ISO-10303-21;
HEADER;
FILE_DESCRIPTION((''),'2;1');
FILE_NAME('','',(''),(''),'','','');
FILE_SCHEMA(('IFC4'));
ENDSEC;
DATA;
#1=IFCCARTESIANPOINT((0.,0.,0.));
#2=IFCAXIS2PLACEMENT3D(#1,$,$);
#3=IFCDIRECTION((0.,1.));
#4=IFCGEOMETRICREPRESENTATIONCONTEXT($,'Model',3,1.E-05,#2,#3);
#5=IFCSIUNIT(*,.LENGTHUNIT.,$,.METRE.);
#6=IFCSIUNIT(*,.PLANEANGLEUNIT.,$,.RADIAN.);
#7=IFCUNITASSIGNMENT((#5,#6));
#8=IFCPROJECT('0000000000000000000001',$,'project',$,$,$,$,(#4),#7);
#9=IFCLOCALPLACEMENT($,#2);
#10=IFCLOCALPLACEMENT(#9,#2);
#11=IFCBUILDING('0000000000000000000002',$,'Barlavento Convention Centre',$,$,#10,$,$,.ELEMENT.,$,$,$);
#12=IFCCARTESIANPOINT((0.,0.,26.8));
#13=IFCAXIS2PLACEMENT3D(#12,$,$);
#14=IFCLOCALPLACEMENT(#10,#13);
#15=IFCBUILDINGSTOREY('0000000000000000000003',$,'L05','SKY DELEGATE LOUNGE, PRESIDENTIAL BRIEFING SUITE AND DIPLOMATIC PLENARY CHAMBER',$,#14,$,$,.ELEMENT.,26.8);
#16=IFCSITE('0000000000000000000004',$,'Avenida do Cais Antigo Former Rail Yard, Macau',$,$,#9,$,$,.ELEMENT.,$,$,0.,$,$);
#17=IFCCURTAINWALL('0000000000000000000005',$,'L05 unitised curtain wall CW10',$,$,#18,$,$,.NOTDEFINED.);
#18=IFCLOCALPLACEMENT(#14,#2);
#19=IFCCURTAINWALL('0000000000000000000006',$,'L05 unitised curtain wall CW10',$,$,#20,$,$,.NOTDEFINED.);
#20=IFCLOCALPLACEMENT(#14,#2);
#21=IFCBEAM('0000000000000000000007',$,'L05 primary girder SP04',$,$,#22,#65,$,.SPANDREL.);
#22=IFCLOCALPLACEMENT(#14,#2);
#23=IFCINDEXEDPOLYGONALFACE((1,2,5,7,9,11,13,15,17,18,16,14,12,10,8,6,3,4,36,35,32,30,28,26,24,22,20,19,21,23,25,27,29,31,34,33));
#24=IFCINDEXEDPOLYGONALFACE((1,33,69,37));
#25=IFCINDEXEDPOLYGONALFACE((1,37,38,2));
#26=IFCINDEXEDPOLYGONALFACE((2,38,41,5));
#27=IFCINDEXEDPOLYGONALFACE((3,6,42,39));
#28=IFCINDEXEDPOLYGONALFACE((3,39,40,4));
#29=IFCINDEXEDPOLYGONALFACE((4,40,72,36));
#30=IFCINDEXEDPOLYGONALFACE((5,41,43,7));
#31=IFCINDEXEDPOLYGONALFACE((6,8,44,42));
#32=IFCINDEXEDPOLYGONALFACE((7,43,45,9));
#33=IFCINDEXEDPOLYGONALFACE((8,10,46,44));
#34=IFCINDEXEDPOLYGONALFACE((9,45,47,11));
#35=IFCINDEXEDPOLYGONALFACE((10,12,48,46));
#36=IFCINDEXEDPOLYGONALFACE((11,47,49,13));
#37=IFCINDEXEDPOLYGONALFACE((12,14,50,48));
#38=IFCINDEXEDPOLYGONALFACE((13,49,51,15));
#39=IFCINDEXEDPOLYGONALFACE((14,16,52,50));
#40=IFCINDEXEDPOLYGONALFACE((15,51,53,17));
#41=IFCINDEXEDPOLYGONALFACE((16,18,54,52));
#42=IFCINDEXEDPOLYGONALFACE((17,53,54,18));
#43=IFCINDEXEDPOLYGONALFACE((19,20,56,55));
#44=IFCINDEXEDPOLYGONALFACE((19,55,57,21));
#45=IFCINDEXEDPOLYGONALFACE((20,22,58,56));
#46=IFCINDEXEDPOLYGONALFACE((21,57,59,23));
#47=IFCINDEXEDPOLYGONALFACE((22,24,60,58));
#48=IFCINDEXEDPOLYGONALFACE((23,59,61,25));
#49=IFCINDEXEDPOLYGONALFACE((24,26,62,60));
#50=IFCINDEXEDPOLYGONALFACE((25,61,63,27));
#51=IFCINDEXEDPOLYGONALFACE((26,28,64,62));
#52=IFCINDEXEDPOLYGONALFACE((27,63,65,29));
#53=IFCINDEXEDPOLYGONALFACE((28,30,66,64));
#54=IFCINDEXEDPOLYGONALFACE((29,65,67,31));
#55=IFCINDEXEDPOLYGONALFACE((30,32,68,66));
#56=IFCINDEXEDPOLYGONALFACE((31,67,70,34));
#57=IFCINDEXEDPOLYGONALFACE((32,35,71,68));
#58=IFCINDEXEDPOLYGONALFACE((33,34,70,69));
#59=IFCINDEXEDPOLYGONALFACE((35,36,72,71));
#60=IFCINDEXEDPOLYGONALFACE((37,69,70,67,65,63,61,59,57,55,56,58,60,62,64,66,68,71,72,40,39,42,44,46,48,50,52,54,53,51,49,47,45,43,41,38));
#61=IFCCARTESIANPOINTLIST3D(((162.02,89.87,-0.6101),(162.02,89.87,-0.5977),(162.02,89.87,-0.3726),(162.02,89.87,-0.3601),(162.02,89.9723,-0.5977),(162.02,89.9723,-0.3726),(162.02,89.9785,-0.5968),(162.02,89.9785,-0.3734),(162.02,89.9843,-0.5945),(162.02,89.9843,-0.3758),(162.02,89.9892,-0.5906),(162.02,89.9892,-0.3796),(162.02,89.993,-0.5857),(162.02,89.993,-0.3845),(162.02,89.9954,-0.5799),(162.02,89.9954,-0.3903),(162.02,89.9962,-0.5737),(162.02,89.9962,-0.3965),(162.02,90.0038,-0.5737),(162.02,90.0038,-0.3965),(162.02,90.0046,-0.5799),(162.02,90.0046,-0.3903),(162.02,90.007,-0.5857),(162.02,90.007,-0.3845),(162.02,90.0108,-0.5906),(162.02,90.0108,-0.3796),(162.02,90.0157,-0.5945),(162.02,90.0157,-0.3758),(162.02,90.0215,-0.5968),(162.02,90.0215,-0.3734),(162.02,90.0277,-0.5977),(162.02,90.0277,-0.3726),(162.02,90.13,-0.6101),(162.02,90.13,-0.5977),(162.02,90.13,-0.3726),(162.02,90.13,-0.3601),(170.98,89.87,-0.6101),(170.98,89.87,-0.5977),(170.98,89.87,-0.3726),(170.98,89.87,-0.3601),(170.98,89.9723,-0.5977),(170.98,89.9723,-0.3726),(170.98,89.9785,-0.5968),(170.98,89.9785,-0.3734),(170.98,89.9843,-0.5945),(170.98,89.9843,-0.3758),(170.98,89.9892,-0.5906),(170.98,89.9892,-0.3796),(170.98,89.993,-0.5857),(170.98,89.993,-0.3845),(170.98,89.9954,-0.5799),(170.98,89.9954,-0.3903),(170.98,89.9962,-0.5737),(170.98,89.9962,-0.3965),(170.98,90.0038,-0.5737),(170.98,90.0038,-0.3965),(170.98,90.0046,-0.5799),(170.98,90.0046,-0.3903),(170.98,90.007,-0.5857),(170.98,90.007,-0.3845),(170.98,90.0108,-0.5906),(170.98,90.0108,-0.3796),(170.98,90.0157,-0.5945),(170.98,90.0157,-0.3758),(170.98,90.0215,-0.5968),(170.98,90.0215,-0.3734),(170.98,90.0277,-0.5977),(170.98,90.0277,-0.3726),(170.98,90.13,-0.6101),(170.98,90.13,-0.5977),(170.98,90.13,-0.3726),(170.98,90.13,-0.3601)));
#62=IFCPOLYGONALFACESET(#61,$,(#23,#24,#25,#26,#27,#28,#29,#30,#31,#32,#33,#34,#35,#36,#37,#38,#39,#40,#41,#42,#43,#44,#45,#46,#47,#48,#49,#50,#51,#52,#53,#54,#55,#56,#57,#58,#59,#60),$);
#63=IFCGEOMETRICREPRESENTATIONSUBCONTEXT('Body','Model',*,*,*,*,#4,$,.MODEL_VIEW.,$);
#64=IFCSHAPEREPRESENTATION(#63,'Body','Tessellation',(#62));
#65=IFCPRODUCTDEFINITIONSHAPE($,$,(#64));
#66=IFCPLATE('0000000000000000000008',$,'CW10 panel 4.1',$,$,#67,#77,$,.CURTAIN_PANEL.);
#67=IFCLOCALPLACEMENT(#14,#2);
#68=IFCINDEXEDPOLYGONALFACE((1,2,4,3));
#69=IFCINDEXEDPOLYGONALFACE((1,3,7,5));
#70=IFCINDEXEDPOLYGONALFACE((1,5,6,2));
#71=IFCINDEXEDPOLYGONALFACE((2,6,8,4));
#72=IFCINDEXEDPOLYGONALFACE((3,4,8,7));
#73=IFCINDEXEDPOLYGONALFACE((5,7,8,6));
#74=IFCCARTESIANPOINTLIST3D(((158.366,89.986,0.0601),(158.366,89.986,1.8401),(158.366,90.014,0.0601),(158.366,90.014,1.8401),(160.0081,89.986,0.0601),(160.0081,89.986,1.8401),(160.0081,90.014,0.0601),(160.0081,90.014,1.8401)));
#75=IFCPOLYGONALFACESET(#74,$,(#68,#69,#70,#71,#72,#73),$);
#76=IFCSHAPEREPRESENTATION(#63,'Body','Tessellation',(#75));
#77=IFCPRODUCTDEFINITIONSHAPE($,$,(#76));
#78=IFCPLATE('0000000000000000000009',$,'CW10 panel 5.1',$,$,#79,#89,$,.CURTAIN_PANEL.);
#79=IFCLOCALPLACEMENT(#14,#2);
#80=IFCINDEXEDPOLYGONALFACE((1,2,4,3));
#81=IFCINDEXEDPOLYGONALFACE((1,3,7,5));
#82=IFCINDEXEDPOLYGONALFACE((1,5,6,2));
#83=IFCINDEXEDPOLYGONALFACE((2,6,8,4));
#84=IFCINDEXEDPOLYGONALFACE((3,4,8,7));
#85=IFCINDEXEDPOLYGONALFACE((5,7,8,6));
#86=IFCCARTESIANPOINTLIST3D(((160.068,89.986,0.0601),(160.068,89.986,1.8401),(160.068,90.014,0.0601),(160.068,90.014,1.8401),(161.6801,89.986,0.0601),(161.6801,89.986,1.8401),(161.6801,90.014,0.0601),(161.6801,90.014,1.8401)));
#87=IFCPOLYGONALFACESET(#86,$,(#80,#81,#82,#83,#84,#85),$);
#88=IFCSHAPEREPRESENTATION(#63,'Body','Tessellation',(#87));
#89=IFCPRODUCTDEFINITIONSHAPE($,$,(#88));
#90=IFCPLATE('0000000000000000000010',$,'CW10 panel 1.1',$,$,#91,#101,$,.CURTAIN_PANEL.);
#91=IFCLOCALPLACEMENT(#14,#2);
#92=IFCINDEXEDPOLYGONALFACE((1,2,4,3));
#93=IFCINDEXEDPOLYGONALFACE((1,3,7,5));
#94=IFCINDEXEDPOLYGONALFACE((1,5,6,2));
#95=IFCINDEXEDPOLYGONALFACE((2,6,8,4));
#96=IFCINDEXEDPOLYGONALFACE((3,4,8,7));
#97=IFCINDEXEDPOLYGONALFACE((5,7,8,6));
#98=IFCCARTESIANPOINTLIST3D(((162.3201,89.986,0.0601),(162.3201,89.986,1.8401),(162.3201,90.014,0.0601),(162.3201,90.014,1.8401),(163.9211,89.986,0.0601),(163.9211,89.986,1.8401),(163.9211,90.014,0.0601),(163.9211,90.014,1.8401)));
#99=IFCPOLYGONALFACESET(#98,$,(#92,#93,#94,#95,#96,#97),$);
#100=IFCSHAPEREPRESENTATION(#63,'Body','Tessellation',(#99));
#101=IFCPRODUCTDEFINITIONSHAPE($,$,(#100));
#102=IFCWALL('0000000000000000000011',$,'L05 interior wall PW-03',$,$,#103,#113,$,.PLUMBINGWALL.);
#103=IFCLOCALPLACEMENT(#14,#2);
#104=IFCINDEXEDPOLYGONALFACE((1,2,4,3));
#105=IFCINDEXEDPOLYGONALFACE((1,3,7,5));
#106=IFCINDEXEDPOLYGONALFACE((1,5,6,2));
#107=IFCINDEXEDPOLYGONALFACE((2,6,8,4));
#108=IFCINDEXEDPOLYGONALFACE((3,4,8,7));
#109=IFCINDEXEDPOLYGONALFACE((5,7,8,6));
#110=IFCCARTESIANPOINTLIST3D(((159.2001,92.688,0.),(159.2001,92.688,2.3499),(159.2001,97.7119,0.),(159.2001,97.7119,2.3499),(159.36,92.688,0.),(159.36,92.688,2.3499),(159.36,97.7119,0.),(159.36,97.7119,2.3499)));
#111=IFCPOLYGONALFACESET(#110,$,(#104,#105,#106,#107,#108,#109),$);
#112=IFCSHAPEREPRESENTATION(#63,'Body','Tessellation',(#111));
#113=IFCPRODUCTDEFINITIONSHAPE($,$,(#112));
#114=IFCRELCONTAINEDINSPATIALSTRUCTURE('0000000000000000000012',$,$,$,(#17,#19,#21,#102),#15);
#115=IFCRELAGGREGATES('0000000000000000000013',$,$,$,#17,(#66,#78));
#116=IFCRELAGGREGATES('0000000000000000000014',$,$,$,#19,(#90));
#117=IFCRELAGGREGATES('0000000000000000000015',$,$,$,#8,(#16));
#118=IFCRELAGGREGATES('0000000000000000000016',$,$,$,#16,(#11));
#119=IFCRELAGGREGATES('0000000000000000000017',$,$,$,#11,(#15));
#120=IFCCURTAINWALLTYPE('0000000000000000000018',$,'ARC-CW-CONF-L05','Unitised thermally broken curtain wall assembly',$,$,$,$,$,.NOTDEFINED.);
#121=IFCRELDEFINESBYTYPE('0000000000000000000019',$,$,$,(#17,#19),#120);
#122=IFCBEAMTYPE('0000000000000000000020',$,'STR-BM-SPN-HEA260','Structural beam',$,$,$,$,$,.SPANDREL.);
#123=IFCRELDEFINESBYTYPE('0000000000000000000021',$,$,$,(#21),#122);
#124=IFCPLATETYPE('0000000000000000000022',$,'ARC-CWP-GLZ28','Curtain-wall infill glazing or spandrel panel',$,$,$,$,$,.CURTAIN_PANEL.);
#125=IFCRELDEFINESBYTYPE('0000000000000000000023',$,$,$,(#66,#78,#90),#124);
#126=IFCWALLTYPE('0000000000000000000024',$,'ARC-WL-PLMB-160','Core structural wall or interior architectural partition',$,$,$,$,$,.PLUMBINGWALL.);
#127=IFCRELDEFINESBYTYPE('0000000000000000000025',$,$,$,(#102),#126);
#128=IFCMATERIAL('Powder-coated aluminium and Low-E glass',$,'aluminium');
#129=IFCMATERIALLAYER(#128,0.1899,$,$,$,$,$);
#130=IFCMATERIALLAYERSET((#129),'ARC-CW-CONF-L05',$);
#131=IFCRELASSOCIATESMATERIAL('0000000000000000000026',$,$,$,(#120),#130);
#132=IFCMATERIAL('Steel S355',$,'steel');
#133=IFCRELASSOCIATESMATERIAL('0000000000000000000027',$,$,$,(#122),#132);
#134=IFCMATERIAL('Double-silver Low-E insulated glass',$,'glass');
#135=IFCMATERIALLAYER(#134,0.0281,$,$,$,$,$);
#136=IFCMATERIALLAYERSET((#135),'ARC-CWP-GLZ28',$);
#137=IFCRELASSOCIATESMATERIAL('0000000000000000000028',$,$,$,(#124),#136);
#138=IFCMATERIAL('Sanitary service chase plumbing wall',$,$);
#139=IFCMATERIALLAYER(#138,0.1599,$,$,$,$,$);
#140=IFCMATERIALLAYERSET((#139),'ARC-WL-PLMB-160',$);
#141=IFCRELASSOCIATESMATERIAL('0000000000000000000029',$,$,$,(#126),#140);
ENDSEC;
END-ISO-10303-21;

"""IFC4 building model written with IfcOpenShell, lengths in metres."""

from ifc_helpers import new_model, si_unit, direction, frame, frame_2d, origin, origin_2d, place, context, subcontext, project, spatial, rectangle, i_section, extrude, material, layer, layer_set, material_profile, profile_set, type_object, element, aggregate, save


model = new_model("IFC4")

# Units and contexts
model_context = context("Model", 3, precision=1e-05, world=origin(), true_north=direction((0.0, 1.0)))
body_context = subcontext(model_context, "Body", "Model", "MODEL_VIEW")
ifc_project = project(units=[si_unit("LENGTHUNIT", "METRE"), si_unit("PLANEANGLEUNIT", "RADIAN")], contexts=[model_context])

# Site, building, storey
site_placement = place(None, origin())
site = spatial("IfcSite", under=ifc_project, at=site_placement, Name="Avenida do Cais Antigo Former Rail Yard, Macau", CompositionType="ELEMENT", RefElevation=0.0)
building_placement = place(site_placement, origin())
building = spatial("IfcBuilding", under=site, at=building_placement, Name="Barlavento Convention Centre", CompositionType="ELEMENT")
storey_placement = place(building_placement, frame((0.0, 0.0, 26.8)))
storey = spatial("IfcBuildingStorey", under=building, at=storey_placement, Name="L05", Description="SKY DELEGATE LOUNGE, PRESIDENTIAL BRIEFING SUITE AND DIPLOMATIC PLENARY CHAMBER", CompositionType="ELEMENT", Elevation=26.8)

# Shared definitions
ifc_material_1 = material(Name="Steel S355", Category="steel")

# Curtain walls
ifc_material_2 = material(Name="Powder-coated aluminium and Low-E glass", Category="aluminium")
ifc_layer_1 = layer(ifc_material_2, 0.1899)
ifc_layer_set_1 = layer_set([ifc_layer_1], Name="ARC-CW-CONF-L05")
curtain_wall_type = type_object("IfcCurtainWallType", Name="ARC-CW-CONF-L05", Description="Unitised thermally broken curtain wall assembly", PredefinedType="NOTDEFINED", material=ifc_layer_set_1)
curtain_wall_1_placement = place(storey_placement, origin())
curtain_wall_1 = element("IfcCurtainWall", 1, at=curtain_wall_1_placement, inside=storey, type_object=curtain_wall_type, Name="L05 unitised curtain wall CW10", PredefinedType="NOTDEFINED")
curtain_wall_2_placement = place(storey_placement, origin())
curtain_wall_2 = element("IfcCurtainWall", 2, at=curtain_wall_2_placement, inside=storey, type_object=curtain_wall_type, Name="L05 unitised curtain wall CW10", PredefinedType="NOTDEFINED")

# Beam
ifc_material_profile_1 = material_profile(ifc_material_1, i_section(OverallWidth=0.26, OverallDepth=0.25, WebThickness=0.0076, FlangeThickness=0.0125, FilletRadius=0.0239, at=origin_2d()), Name="HEA 260")
ifc_profile_set_1 = profile_set([ifc_material_profile_1], Name="Steel S355")
beam_type_1 = type_object("IfcBeamType", Name="STR-BM-SPN-HEA260", Description="Structural beam", PredefinedType="SPANDREL", material=ifc_profile_set_1)
beam_1_placement = place(storey_placement, frame((162.02, 90.0, -0.4851), z_axis=(1.0, 0.0, 0.0), x_axis=(0.0, 1.0, 0.0)))
element("IfcBeam", 3, at=beam_1_placement, inside=storey, type_object=beam_type_1, Name="L05 primary girder SP04", PredefinedType="SPANDREL", context=body_context, shape_type="SweptSolid", body=[
    extrude(i_section(OverallWidth=0.26, OverallDepth=0.25, WebThickness=0.0076, FlangeThickness=0.0125, FilletRadius=0.0239, at=origin_2d()), origin(), (0.0, 0.0, 1.0), 8.96),
])

# Plates
ifc_material_3 = material(Name="Double-silver Low-E insulated glass", Category="glass")
ifc_layer_2 = layer(ifc_material_3, 0.0281)
ifc_layer_set_2 = layer_set([ifc_layer_2], Name="ARC-CWP-GLZ28")
plate_type = type_object("IfcPlateType", Name="ARC-CWP-GLZ28", Description="Curtain-wall infill glazing or spandrel panel", PredefinedType="CURTAIN_PANEL", material=ifc_layer_set_2)
plate_1_placement = place(storey_placement, frame((159.187, 90.0, 0.0601), z_axis=(0.0, 0.0, 1.0), x_axis=(1.0, 0.0, 0.0)))
plate_1 = element("IfcPlate", 4, at=plate_1_placement, type_object=plate_type, Name="CW10 panel 4.1", PredefinedType="CURTAIN_PANEL", context=body_context, shape_type="SweptSolid", body=[
    extrude(rectangle(XDim=1.6421, YDim=0.0281, at=origin_2d()), origin(), (0.0, 0.0, 1.0), 1.78),
])
plate_2_placement = place(storey_placement, frame((160.874, 90.0, 0.0601), z_axis=(0.0, 0.0, 1.0), x_axis=(1.0, 0.0, 0.0)))
plate_2 = element("IfcPlate", 5, at=plate_2_placement, type_object=plate_type, Name="CW10 panel 5.1", PredefinedType="CURTAIN_PANEL", context=body_context, shape_type="SweptSolid", body=[
    extrude(rectangle(XDim=1.6121, YDim=0.0281, at=origin_2d()), origin(), (0.0, 0.0, 1.0), 1.78),
])
aggregate(curtain_wall_1, [plate_1, plate_2])
plate_3_placement = place(storey_placement, frame((163.1206, 90.0, 0.0601), z_axis=(0.0, 0.0, 1.0), x_axis=(1.0, 0.0, 0.0)))
plate_3 = element("IfcPlate", 6, at=plate_3_placement, type_object=plate_type, Name="CW10 panel 1.1", PredefinedType="CURTAIN_PANEL", context=body_context, shape_type="SweptSolid", body=[
    extrude(rectangle(XDim=1.6011, YDim=0.0281, at=origin_2d()), origin(), (0.0, 0.0, 1.0), 1.78),
])
aggregate(curtain_wall_2, [plate_3])

# Wall
ifc_material_4 = material(Name="Sanitary service chase plumbing wall")
ifc_layer_3 = layer(ifc_material_4, 0.1599)
ifc_layer_set_3 = layer_set([ifc_layer_3], Name="ARC-WL-PLMB-160")
wall_type = type_object("IfcWallType", Name="ARC-WL-PLMB-160", Description="Core structural wall or interior architectural partition", PredefinedType="PLUMBINGWALL", material=ifc_layer_set_3)
wall_placement = place(storey_placement, frame((159.28, 92.688, 0.0), z_axis=(0.0, 0.0, 1.0), x_axis=(0.0, 1.0, 0.0)))
element("IfcWall", 7, at=wall_placement, inside=storey, type_object=wall_type, Name="L05 interior wall PW-03", PredefinedType="PLUMBINGWALL", context=body_context, shape_type="SweptSolid", body=[
    extrude(rectangle(XDim=5.0239, YDim=0.1599, at=frame_2d((2.512, 0.0))), origin(), (0.0, 0.0, 1.0), 2.3499),
])

save(model, "model.ifc")
